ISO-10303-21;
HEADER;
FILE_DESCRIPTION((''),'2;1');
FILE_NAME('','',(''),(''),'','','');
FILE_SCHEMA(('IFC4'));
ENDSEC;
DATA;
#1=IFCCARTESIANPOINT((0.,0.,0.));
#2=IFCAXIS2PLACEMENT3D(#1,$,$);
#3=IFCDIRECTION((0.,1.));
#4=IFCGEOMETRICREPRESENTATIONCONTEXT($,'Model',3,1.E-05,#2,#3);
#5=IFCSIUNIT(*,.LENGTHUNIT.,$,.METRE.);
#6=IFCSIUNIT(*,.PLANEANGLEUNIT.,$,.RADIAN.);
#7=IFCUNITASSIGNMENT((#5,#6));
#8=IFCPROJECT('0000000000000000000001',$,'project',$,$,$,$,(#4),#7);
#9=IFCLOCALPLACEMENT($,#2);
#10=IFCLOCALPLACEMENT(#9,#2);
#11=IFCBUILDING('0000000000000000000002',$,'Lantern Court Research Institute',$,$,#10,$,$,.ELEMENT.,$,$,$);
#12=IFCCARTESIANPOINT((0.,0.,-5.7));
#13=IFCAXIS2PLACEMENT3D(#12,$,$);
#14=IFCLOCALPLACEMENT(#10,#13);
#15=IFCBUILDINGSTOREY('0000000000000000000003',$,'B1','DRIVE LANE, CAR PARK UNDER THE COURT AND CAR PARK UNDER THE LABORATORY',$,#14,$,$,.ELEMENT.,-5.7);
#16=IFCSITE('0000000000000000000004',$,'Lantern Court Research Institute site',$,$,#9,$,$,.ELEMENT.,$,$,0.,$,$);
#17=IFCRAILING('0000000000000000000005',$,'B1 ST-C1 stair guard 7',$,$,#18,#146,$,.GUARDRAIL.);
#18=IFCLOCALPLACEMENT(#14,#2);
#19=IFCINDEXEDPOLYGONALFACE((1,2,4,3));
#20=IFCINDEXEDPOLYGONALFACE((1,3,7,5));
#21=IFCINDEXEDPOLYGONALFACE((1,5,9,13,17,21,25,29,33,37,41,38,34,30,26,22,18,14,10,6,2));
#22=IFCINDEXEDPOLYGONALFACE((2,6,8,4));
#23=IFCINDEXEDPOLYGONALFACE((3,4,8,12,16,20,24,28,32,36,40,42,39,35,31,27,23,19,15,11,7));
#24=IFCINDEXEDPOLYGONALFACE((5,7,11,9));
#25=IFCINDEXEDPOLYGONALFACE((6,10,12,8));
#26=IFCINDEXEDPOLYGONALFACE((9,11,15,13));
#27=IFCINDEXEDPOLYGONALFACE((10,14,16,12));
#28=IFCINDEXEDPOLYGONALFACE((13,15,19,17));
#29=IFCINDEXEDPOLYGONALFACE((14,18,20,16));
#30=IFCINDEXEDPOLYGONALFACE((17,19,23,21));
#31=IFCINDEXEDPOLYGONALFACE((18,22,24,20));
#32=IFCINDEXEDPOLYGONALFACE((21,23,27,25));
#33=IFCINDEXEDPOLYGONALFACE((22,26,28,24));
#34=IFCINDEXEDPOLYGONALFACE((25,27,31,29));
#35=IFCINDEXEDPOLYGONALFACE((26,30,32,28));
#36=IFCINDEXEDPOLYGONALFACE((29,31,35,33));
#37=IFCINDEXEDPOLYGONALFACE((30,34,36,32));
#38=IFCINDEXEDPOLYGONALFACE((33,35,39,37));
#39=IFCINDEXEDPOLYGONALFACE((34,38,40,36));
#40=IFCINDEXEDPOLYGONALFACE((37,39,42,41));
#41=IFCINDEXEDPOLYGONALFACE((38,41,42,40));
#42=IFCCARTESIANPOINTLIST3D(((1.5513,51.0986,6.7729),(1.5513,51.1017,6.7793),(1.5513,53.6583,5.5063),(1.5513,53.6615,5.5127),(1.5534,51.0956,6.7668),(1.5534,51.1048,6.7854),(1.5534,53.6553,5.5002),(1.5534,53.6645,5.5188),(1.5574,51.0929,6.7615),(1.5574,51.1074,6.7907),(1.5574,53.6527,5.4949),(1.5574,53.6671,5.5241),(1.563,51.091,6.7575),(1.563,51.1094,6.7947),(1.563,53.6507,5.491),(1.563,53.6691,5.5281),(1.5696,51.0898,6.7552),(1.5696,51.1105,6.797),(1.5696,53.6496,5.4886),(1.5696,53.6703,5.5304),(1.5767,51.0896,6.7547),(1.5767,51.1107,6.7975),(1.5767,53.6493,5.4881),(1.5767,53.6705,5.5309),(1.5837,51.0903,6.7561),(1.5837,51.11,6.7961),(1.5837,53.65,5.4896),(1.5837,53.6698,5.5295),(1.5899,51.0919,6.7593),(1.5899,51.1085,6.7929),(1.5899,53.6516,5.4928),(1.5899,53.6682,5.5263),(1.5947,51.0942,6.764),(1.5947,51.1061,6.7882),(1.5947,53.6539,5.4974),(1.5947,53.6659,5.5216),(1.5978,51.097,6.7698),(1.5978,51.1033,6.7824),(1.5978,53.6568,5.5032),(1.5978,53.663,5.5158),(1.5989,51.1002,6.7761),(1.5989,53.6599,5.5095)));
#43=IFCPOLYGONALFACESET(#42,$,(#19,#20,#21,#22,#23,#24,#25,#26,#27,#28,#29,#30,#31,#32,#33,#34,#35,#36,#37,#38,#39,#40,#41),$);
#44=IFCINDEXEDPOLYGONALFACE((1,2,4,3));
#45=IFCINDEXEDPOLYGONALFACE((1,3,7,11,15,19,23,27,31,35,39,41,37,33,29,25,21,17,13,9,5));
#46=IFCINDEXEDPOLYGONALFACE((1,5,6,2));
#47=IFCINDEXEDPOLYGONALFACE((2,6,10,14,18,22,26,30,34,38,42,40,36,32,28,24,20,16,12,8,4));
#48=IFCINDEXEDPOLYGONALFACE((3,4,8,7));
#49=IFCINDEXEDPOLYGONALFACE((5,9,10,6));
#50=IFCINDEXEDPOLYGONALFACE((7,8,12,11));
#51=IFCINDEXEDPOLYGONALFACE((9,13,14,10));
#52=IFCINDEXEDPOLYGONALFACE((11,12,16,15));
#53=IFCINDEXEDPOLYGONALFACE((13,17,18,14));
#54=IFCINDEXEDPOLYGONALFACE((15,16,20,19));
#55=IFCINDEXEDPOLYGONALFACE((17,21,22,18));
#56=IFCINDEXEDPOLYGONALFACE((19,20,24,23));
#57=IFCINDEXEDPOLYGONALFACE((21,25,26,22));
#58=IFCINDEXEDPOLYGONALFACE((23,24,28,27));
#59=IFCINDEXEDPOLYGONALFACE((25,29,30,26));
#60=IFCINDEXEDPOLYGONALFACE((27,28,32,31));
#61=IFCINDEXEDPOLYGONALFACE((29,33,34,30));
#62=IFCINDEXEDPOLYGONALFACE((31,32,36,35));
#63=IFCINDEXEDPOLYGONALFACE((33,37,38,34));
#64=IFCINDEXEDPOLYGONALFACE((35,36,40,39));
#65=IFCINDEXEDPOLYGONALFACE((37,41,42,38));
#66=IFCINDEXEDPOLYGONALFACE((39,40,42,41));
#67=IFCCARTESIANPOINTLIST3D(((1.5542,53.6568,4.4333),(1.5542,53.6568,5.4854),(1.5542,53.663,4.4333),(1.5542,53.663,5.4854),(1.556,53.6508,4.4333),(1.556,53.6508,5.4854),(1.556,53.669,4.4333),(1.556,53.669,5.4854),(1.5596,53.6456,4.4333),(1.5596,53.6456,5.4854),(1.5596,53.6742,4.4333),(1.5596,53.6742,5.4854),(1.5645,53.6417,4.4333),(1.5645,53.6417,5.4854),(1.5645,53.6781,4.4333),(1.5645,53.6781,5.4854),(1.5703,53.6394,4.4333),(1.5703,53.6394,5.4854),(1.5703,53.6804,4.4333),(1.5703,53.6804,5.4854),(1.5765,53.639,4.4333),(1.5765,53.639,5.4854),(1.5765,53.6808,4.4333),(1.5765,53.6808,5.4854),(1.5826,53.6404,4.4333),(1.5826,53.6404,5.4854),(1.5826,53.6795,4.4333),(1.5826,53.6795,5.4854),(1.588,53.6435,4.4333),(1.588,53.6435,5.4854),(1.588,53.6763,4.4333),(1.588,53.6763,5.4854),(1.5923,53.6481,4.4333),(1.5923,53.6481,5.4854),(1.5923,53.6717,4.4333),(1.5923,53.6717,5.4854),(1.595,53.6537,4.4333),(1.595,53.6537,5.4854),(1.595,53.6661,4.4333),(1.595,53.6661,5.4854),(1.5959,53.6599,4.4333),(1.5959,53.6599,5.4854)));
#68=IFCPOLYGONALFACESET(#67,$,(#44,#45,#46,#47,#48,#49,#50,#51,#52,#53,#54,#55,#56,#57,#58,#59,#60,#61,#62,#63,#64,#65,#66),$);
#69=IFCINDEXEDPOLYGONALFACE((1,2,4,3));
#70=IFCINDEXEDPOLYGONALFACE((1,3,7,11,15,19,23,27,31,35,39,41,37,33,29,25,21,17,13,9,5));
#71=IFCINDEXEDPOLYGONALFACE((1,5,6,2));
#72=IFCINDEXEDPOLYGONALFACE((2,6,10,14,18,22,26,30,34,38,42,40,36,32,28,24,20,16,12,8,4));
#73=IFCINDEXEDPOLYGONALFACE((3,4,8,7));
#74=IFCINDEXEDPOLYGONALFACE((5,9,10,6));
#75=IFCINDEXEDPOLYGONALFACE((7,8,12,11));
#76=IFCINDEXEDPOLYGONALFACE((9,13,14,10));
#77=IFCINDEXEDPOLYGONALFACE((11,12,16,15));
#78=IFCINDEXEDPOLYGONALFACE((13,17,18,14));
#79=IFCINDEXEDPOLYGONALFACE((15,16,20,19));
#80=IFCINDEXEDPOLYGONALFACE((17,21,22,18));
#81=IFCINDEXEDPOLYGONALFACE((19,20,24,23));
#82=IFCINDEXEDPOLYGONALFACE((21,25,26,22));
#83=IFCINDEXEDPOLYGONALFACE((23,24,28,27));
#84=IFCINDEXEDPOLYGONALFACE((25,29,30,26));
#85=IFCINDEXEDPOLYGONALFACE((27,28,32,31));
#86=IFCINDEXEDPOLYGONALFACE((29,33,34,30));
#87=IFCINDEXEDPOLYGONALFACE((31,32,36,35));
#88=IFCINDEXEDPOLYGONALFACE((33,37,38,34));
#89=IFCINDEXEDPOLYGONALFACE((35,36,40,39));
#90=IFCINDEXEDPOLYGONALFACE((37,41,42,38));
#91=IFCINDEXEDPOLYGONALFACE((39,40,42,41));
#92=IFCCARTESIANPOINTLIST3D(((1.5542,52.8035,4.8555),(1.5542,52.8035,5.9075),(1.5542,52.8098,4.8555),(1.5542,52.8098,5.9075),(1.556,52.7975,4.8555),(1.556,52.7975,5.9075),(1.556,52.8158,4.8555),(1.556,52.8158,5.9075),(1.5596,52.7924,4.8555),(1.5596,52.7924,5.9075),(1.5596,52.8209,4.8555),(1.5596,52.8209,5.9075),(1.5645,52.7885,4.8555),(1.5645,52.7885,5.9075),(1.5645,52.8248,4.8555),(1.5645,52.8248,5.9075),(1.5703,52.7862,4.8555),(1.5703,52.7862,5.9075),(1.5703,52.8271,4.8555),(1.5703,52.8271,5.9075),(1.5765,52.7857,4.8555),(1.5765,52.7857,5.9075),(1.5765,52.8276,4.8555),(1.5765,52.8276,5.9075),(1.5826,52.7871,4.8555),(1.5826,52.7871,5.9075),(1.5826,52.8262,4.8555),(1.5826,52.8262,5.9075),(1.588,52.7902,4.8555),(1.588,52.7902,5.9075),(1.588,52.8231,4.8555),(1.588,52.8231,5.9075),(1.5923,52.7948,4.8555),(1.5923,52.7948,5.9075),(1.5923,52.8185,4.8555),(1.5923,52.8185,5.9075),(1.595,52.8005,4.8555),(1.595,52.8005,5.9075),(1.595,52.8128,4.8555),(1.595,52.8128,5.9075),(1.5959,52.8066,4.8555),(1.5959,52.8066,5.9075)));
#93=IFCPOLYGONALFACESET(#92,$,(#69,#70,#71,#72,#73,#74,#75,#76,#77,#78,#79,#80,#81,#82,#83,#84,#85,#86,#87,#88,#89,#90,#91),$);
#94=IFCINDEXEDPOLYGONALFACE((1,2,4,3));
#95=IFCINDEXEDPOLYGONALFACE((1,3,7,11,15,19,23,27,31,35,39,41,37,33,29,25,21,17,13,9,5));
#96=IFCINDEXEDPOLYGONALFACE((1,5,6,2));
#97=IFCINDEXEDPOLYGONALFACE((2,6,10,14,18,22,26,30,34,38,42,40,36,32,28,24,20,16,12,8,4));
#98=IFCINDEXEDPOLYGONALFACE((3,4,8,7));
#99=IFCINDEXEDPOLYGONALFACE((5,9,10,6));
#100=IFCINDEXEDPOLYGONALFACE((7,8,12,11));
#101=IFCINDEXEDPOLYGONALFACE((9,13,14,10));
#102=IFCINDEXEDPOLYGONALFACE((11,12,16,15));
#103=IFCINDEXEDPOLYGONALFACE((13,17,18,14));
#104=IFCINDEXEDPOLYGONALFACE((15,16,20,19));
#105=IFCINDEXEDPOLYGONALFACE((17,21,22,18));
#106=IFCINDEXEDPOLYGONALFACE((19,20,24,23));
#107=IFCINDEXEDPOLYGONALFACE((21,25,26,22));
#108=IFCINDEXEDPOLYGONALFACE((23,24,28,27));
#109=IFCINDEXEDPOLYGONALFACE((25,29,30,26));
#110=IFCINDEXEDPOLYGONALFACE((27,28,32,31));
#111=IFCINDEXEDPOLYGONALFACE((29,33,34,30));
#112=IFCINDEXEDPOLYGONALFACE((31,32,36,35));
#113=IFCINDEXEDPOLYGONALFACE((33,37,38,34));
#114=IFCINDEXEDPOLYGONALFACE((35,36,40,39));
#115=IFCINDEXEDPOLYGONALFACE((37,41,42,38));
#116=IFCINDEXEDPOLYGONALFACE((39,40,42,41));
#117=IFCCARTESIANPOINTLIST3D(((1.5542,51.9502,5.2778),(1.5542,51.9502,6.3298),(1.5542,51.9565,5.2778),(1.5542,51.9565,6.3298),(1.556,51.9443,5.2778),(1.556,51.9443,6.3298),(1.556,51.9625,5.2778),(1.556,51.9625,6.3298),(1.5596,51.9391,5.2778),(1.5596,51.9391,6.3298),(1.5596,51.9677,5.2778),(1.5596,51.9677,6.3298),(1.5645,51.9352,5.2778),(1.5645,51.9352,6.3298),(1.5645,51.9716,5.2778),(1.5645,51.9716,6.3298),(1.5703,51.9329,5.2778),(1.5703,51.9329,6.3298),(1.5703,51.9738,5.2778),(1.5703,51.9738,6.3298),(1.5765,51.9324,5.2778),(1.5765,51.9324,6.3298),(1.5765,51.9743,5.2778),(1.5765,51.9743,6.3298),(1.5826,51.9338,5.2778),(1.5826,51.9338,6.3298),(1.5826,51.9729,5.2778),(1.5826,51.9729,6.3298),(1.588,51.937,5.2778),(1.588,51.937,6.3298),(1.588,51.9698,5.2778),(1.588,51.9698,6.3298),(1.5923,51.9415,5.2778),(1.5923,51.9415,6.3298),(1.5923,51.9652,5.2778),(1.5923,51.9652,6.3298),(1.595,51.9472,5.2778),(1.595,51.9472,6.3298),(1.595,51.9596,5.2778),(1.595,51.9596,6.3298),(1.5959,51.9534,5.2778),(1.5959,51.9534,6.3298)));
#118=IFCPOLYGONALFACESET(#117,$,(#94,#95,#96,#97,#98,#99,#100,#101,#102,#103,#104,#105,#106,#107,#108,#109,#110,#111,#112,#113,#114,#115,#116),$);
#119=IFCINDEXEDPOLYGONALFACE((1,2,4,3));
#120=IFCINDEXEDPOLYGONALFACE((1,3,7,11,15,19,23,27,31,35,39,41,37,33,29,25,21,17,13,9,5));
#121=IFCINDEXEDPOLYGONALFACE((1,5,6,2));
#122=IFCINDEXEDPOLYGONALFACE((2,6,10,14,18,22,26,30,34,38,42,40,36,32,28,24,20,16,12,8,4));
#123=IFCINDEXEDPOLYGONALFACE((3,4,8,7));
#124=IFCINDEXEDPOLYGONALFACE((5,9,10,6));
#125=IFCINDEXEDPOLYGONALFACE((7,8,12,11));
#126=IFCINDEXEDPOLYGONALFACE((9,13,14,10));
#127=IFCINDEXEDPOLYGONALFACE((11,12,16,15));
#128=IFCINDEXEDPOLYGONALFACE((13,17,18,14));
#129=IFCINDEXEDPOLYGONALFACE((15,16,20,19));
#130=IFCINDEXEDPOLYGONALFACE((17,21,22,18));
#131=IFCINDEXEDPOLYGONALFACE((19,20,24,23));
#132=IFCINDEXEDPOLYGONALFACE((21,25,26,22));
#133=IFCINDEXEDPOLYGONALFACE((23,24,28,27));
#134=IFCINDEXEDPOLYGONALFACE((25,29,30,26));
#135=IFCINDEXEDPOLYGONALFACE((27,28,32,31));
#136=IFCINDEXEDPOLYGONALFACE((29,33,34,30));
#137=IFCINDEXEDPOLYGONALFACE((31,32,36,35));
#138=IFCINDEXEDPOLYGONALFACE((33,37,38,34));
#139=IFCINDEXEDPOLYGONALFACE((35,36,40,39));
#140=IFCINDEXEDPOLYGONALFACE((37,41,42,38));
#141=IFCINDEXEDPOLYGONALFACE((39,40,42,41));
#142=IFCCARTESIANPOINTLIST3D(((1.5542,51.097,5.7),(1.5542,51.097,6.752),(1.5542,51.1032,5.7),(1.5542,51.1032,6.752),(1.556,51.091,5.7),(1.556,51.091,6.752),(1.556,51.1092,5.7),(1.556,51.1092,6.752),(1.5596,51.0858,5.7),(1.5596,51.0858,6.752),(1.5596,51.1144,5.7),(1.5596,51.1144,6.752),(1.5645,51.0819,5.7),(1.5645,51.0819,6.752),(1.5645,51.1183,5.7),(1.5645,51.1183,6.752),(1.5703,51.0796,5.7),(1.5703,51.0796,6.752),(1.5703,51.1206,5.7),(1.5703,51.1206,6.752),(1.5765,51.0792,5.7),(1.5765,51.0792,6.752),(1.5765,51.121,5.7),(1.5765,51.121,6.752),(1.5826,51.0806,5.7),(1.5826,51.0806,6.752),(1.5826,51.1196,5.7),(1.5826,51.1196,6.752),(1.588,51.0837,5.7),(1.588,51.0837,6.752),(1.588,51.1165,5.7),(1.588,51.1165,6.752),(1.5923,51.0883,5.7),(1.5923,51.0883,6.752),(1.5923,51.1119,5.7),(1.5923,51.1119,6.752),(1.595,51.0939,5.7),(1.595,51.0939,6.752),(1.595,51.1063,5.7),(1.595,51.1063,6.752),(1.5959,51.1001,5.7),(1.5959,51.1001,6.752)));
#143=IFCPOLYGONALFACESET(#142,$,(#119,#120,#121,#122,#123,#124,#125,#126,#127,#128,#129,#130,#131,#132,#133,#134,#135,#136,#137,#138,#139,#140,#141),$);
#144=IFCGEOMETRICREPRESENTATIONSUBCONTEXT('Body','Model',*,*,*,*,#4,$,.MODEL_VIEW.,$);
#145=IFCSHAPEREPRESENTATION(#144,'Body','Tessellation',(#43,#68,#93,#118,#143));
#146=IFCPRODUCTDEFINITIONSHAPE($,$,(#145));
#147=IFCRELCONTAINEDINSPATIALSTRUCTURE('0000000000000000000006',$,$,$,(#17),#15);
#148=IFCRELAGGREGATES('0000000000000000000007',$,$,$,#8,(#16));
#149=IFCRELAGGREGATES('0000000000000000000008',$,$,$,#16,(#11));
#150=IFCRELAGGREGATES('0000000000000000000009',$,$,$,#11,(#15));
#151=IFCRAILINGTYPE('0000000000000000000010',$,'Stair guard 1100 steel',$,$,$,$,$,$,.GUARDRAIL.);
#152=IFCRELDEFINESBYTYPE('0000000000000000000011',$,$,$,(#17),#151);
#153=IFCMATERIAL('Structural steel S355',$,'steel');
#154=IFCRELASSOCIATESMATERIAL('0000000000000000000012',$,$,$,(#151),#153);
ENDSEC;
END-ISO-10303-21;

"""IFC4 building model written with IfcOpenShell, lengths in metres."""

from ifc_helpers import new_model, si_unit, direction, frame, origin, origin_2d, place, context, subcontext, project, spatial, circle, extrude, material, type_object, element, save


model = new_model("IFC4")

# Units and contexts
model_context = context("Model", 3, precision=1e-05, world=origin(), true_north=direction((0.0, 1.0)))
body_context = subcontext(model_context, "Body", "Model", "MODEL_VIEW")
ifc_project = project(units=[si_unit("LENGTHUNIT", "METRE"), si_unit("PLANEANGLEUNIT", "RADIAN")], contexts=[model_context])

# Site, building, storey
site_placement = place(None, origin())
site = spatial("IfcSite", under=ifc_project, at=site_placement, Name="Lantern Court Research Institute site", CompositionType="ELEMENT", RefElevation=0.0)
building_placement = place(site_placement, origin())
building = spatial("IfcBuilding", under=site, at=building_placement, Name="Lantern Court Research Institute", CompositionType="ELEMENT")
storey_placement = place(building_placement, frame((0.0, 0.0, -5.7)))
storey = spatial("IfcBuildingStorey", under=building, at=storey_placement, Name="B1", Description="DRIVE LANE, CAR PARK UNDER THE COURT AND CAR PARK UNDER THE LABORATORY", CompositionType="ELEMENT", Elevation=-5.7)

# Railing
ifc_material_1 = material(Name="Structural steel S355", Category="steel")
railing_type_1 = type_object("IfcRailingType", Name="Stair guard 1100 steel", PredefinedType="GUARDRAIL", material=ifc_material_1)
railing_1_placement = place(storey_placement, frame((1.575, 53.6599, 4.4333)))
element("IfcRailing", 1, at=railing_1_placement, inside=storey, type_object=railing_type_1, Name="B1 ST-C1 stair guard 7", PredefinedType="GUARDRAIL", context=body_context, shape_type="SweptSolid", body=[
    extrude(circle(Radius=0.0239, at=origin_2d()), frame((0.0, 0.0, 1.0762), z_axis=(0.0, -0.896283, 0.443483), x_axis=(1.0, 0.0, 0.0)), (0.0, 0.0, 1.0), 2.856),
    extrude(circle(Radius=0.021, at=origin_2d()), origin(), (0.0, 0.0, 1.0), 1.052),
    extrude(circle(Radius=0.021, at=origin_2d()), frame((0.0, -0.8533, 0.4221)), (0.0, 0.0, 1.0), 1.052),
    extrude(circle(Radius=0.021, at=origin_2d()), frame((0.0, -1.7065, 0.8445)), (0.0, 0.0, 1.0), 1.052),
    extrude(circle(Radius=0.021, at=origin_2d()), frame((0.0, -2.5598, 1.2666)), (0.0, 0.0, 1.0), 1.052),
])

save(model, "model.ifc")
